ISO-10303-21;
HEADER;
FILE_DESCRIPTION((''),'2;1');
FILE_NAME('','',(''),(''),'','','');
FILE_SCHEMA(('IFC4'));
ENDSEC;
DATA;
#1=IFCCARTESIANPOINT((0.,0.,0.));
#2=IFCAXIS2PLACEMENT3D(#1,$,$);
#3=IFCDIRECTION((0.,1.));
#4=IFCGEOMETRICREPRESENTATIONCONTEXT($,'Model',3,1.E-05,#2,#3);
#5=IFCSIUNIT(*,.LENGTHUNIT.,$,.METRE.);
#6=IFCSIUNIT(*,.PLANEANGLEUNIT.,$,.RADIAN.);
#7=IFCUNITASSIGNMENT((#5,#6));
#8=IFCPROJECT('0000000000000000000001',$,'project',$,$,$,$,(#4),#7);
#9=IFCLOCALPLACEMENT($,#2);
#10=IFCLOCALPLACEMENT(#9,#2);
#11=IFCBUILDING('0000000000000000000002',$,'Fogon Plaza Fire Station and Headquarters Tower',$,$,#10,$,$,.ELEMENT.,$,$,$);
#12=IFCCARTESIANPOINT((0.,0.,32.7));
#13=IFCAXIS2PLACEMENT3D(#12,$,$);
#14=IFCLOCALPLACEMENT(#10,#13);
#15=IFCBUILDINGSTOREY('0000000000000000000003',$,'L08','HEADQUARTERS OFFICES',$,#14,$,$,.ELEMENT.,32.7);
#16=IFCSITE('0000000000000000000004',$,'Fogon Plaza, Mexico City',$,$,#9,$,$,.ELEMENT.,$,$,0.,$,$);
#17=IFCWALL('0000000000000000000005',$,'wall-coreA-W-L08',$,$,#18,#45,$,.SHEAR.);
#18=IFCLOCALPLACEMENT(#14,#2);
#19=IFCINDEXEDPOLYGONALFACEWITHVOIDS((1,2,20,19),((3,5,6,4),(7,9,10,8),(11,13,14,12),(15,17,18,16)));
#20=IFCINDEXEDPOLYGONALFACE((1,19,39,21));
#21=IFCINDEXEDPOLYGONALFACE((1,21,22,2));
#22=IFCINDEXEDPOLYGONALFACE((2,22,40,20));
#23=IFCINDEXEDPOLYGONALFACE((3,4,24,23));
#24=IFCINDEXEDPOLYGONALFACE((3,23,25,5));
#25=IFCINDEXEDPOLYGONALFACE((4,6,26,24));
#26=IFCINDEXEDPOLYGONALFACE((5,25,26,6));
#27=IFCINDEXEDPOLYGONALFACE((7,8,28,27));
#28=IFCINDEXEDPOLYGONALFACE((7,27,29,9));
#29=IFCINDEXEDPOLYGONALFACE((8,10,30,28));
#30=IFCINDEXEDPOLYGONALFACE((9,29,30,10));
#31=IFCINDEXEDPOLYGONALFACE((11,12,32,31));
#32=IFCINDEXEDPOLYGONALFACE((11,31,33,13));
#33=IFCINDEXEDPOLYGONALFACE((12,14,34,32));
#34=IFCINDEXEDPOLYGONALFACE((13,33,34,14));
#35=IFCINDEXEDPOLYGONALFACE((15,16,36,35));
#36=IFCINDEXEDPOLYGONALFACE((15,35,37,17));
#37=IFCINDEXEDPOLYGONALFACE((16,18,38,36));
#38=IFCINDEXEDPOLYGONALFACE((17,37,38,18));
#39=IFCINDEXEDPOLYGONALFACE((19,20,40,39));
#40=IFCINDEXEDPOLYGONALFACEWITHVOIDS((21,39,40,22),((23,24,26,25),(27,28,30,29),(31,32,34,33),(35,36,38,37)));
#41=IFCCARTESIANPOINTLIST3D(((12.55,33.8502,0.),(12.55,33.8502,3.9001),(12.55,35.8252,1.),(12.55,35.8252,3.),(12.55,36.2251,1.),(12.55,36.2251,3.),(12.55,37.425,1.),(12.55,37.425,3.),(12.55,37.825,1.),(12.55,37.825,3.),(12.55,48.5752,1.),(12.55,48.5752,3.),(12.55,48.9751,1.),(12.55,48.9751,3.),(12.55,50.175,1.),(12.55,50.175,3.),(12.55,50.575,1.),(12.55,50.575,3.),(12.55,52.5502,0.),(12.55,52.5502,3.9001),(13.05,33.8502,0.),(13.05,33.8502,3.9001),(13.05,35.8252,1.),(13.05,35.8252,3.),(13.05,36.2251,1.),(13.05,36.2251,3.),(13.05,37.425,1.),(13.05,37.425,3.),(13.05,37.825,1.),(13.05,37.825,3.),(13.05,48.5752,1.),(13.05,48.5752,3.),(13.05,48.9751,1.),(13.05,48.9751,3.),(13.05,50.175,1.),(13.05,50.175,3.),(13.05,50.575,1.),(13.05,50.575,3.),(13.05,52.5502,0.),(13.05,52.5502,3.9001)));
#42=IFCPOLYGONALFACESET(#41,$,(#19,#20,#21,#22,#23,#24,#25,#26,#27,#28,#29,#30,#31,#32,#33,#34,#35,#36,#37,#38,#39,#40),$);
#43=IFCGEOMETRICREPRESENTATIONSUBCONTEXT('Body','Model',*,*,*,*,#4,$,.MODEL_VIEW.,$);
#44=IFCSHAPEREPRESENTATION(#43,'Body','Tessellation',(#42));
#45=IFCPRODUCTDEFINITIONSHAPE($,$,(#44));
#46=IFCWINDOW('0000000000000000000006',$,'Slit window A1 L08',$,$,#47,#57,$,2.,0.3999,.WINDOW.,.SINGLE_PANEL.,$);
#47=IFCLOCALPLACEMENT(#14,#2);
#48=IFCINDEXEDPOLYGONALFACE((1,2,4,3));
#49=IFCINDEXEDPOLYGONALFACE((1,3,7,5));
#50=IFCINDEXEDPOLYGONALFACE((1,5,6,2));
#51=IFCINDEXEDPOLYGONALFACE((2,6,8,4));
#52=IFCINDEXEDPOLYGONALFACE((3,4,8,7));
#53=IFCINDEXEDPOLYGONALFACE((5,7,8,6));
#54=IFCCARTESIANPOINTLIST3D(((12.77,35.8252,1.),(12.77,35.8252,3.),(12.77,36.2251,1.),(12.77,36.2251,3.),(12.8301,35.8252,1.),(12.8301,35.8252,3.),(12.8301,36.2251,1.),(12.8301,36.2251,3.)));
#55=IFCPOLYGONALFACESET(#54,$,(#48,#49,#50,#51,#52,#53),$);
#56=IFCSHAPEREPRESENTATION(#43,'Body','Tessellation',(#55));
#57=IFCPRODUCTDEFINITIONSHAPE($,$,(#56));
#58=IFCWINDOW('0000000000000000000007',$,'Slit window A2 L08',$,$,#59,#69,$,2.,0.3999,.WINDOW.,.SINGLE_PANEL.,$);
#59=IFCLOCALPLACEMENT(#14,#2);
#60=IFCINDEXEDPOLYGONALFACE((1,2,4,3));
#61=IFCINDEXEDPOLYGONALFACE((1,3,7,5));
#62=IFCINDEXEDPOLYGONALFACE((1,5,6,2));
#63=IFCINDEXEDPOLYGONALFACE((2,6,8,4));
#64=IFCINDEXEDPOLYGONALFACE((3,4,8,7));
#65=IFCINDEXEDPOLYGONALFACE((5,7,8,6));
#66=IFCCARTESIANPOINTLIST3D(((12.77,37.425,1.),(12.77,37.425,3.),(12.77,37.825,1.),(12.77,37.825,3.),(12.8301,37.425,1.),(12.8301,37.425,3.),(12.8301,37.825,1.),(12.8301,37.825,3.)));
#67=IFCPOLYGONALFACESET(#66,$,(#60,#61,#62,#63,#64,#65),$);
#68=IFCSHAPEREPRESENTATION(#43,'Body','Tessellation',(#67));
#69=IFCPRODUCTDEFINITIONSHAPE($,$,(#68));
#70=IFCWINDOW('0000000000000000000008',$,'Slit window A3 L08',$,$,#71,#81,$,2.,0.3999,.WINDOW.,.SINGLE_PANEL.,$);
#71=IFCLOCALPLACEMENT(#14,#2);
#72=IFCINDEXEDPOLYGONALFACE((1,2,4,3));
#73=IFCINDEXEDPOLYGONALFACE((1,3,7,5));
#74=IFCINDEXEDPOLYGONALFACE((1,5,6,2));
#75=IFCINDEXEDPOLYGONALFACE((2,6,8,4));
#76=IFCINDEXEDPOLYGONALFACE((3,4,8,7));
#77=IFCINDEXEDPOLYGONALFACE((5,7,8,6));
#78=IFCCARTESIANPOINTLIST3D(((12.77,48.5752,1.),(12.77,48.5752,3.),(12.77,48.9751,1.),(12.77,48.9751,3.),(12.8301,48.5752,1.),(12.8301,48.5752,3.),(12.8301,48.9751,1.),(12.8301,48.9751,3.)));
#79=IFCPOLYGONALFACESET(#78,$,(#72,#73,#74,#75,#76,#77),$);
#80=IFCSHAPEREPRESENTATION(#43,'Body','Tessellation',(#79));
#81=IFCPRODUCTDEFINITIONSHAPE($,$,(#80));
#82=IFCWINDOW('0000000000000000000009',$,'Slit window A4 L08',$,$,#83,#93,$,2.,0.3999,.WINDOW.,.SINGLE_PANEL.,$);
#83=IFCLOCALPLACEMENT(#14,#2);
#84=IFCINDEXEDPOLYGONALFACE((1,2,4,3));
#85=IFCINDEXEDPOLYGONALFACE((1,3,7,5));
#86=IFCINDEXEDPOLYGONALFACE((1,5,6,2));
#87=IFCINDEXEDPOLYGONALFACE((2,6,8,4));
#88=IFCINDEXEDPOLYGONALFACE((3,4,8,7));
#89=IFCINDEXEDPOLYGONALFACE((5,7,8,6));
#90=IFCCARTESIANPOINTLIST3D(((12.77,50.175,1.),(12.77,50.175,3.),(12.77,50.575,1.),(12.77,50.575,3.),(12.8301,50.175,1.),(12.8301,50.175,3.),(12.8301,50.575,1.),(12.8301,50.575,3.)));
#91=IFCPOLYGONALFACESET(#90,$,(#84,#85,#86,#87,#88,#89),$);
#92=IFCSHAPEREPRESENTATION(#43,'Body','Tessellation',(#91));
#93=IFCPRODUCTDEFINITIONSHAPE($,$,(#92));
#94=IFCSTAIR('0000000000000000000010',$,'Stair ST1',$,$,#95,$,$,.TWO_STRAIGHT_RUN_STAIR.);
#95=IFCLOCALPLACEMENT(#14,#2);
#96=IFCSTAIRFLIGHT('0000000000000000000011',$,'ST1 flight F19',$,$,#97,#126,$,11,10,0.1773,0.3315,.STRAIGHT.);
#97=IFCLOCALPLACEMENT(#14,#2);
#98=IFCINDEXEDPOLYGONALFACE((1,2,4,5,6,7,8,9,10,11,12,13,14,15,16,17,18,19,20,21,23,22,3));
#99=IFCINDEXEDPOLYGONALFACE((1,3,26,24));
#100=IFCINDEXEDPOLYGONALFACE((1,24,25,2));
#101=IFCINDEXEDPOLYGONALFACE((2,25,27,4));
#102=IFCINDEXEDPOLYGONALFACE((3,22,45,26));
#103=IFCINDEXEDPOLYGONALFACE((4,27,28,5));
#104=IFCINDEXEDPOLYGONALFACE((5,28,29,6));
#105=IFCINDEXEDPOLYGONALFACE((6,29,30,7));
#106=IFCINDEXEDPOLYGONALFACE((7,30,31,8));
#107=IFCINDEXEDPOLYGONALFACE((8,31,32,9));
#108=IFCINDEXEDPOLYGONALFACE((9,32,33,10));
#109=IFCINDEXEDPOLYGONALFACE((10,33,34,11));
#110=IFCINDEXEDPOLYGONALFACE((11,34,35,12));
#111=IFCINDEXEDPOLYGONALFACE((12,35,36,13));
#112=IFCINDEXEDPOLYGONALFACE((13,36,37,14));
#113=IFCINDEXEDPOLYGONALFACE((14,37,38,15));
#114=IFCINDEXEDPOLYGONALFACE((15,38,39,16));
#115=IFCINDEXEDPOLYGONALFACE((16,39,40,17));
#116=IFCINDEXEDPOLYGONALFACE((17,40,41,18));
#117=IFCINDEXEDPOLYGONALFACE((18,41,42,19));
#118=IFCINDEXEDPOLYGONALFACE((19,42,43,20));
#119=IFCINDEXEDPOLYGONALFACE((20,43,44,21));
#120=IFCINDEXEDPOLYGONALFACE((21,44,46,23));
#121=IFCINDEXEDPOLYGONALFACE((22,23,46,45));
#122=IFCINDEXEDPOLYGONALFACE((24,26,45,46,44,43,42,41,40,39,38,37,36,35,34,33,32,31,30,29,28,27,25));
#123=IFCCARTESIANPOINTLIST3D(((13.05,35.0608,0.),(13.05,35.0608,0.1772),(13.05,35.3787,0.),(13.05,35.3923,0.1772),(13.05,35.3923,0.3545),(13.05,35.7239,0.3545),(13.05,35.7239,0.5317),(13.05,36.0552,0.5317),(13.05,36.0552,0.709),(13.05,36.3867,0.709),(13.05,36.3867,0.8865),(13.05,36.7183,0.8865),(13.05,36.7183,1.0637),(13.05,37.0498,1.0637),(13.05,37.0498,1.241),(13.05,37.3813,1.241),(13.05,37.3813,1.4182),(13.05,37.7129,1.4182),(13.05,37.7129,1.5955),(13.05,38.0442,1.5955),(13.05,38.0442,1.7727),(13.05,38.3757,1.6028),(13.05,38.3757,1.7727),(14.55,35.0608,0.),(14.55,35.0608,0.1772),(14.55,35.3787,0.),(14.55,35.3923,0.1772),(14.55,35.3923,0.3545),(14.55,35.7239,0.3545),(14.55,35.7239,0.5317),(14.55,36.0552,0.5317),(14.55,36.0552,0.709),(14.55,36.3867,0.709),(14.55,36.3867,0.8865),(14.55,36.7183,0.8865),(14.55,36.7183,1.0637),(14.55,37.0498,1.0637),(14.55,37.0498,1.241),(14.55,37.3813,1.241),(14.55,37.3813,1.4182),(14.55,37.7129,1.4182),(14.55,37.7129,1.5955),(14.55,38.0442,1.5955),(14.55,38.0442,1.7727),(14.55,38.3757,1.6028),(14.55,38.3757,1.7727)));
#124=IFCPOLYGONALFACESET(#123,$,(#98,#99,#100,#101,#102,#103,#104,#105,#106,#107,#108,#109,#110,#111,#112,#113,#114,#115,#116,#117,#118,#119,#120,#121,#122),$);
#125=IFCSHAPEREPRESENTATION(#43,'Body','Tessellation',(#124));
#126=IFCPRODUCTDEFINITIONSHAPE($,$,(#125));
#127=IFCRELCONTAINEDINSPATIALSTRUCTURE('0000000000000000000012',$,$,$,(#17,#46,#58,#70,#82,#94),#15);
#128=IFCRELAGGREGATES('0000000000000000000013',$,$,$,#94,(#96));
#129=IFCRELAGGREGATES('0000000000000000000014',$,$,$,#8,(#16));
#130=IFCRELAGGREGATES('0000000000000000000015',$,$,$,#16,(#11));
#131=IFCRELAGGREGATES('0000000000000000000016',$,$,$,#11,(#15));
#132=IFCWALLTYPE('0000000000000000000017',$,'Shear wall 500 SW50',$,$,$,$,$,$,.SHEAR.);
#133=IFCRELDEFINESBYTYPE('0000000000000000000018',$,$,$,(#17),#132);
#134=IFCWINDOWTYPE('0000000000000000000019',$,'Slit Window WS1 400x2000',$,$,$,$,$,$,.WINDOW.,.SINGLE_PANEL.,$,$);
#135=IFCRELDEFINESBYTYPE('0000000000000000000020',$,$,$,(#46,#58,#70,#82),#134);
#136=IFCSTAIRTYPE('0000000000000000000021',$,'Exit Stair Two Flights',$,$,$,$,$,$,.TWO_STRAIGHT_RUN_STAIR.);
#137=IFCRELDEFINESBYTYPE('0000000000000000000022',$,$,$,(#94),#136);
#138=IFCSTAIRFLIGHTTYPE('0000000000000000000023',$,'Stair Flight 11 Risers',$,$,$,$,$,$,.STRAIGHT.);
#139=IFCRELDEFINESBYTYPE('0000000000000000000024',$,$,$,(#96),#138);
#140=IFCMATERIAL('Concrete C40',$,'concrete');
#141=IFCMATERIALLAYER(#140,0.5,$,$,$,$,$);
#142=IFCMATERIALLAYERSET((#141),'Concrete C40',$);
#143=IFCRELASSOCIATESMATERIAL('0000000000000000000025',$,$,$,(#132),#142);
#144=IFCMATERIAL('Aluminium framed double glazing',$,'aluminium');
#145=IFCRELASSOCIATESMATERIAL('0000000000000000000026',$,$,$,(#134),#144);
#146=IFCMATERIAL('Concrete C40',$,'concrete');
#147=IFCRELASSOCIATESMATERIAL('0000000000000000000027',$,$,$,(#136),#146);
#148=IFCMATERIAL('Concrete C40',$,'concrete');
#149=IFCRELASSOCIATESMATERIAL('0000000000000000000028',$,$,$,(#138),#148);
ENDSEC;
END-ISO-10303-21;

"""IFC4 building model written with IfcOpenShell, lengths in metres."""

from ifc_helpers import new_model, si_unit, direction, frame, frame_2d, origin, place, context, subcontext, project, spatial, polyline, rectangle, outline, extrude, material, layer, layer_set, type_object, element, fill, aggregate, save


model = new_model("IFC4")

# Units and contexts
model_context = context("Model", 3, precision=1e-05, world=origin(), true_north=direction((0.0, 1.0)))
body_context = subcontext(model_context, "Body", "Model", "MODEL_VIEW")
ifc_project = project(units=[si_unit("LENGTHUNIT", "METRE"), si_unit("PLANEANGLEUNIT", "RADIAN")], contexts=[model_context])

# Site, building, storey
site_placement = place(None, origin())
site = spatial("IfcSite", under=ifc_project, at=site_placement, Name="Fogon Plaza, Mexico City", CompositionType="ELEMENT", RefElevation=0.0)
building_placement = place(site_placement, origin())
building = spatial("IfcBuilding", under=site, at=building_placement, Name="Fogon Plaza Fire Station and Headquarters Tower", CompositionType="ELEMENT")
storey_placement = place(building_placement, frame((0.0, 0.0, 32.7)))
storey = spatial("IfcBuildingStorey", under=building, at=storey_placement, Name="L08", Description="HEADQUARTERS OFFICES", CompositionType="ELEMENT", Elevation=32.7)

# Shared definitions
ifc_material_1 = material(Name="Concrete C40", Category="concrete")
ifc_layer_1 = layer(ifc_material_1, 0.5)
ifc_layer_set_1 = layer_set([ifc_layer_1], Name="Concrete C40")
wall_type_1 = type_object("IfcWallType", Name="Shear wall 500 SW50", PredefinedType="SHEAR", material=ifc_layer_set_1)
ifc_material_2 = material(Name="Aluminium framed double glazing", Category="aluminium")
window_type = type_object("IfcWindowType", Name="Slit Window WS1 400x2000", PartitioningType="SINGLE_PANEL", PredefinedType="WINDOW", material=ifc_material_2)

# Wall, openings, windows
wall_1_placement = place(storey_placement, frame((12.8, 33.8501, 0.0), z_axis=(0.0, 0.0, 1.0), x_axis=(0.0, 1.0, 0.0)))
wall_1 = element("IfcWall", 1, at=wall_1_placement, inside=storey, type_object=wall_type_1, Name="wall-coreA-W-L08", PredefinedType="SHEAR", context=body_context, shape_type="SweptSolid", body=[
    extrude(rectangle(XDim=18.7, YDim=0.5, at=frame_2d((9.3501, 0.0))), origin(), (0.0, 0.0, 1.0), 3.9001),
])
opening_1_placement = place(wall_1_placement, frame((1.9751, 0.0, 1.0)))
opening_1 = element("IfcOpeningElement", 2, at=opening_1_placement, cuts=wall_1, PredefinedType="OPENING", context=body_context, shape_type="SweptSolid", body=[
    extrude(rectangle(XDim=0.3999, YDim=2.0, at=frame_2d((0.2, 1.0))), frame((0.0, 0.26, 0.0), z_axis=(0.0, -1.0, 0.0), x_axis=(1.0, 0.0, 0.0)), (0.0, 0.0, 1.0), 0.52),
])
opening_2_placement = place(wall_1_placement, frame((3.575, 0.0, 1.0)))
opening_2 = element("IfcOpeningElement", 3, at=opening_2_placement, cuts=wall_1, PredefinedType="OPENING", context=body_context, shape_type="SweptSolid", body=[
    extrude(rectangle(XDim=0.3999, YDim=2.0, at=frame_2d((0.2, 1.0))), frame((0.0, 0.26, 0.0), z_axis=(0.0, -1.0, 0.0), x_axis=(1.0, 0.0, 0.0)), (0.0, 0.0, 1.0), 0.52),
])
opening_3_placement = place(wall_1_placement, frame((14.7251, 0.0, 1.0)))
opening_3 = element("IfcOpeningElement", 4, at=opening_3_placement, cuts=wall_1, PredefinedType="OPENING", context=body_context, shape_type="SweptSolid", body=[
    extrude(rectangle(XDim=0.3999, YDim=2.0, at=frame_2d((0.2, 1.0))), frame((0.0, 0.26, 0.0), z_axis=(0.0, -1.0, 0.0), x_axis=(1.0, 0.0, 0.0)), (0.0, 0.0, 1.0), 0.52),
])
opening_4_placement = place(wall_1_placement, frame((16.325, 0.0, 1.0)))
opening_4 = element("IfcOpeningElement", 5, at=opening_4_placement, cuts=wall_1, PredefinedType="OPENING", context=body_context, shape_type="SweptSolid", body=[
    extrude(rectangle(XDim=0.3999, YDim=2.0, at=frame_2d((0.2, 1.0))), frame((0.0, 0.26, 0.0), z_axis=(0.0, -1.0, 0.0), x_axis=(1.0, 0.0, 0.0)), (0.0, 0.0, 1.0), 0.52),
])
window_1_placement = place(opening_1_placement, origin())
window_1 = element("IfcWindow", 6, at=window_1_placement, inside=storey, type_object=window_type, Name="Slit window A1 L08", OverallHeight=2.0, OverallWidth=0.3999, PartitioningType="SINGLE_PANEL", PredefinedType="WINDOW", context=body_context, shape_type="SweptSolid", body=[
    extrude(rectangle(XDim=0.3999, YDim=2.0, at=frame_2d((0.2, 1.0))), frame((0.0, 0.03, 0.0), z_axis=(0.0, -1.0, 0.0), x_axis=(1.0, 0.0, 0.0)), (0.0, 0.0, 1.0), 0.0601),
])
fill(opening_1, window_1)
window_2_placement = place(opening_2_placement, origin())
window_2 = element("IfcWindow", 7, at=window_2_placement, inside=storey, type_object=window_type, Name="Slit window A2 L08", OverallHeight=2.0, OverallWidth=0.3999, PartitioningType="SINGLE_PANEL", PredefinedType="WINDOW", context=body_context, shape_type="SweptSolid", body=[
    extrude(rectangle(XDim=0.3999, YDim=2.0, at=frame_2d((0.2, 1.0))), frame((0.0, 0.03, 0.0), z_axis=(0.0, -1.0, 0.0), x_axis=(1.0, 0.0, 0.0)), (0.0, 0.0, 1.0), 0.0601),
])
fill(opening_2, window_2)
window_3_placement = place(opening_3_placement, origin())
window_3 = element("IfcWindow", 8, at=window_3_placement, inside=storey, type_object=window_type, Name="Slit window A3 L08", OverallHeight=2.0, OverallWidth=0.3999, PartitioningType="SINGLE_PANEL", PredefinedType="WINDOW", context=body_context, shape_type="SweptSolid", body=[
    extrude(rectangle(XDim=0.3999, YDim=2.0, at=frame_2d((0.2, 1.0))), frame((0.0, 0.03, 0.0), z_axis=(0.0, -1.0, 0.0), x_axis=(1.0, 0.0, 0.0)), (0.0, 0.0, 1.0), 0.0601),
])
fill(opening_3, window_3)
window_4_placement = place(opening_4_placement, origin())
window_4 = element("IfcWindow", 9, at=window_4_placement, inside=storey, type_object=window_type, Name="Slit window A4 L08", OverallHeight=2.0, OverallWidth=0.3999, PartitioningType="SINGLE_PANEL", PredefinedType="WINDOW", context=body_context, shape_type="SweptSolid", body=[
    extrude(rectangle(XDim=0.3999, YDim=2.0, at=frame_2d((0.2, 1.0))), frame((0.0, 0.03, 0.0), z_axis=(0.0, -1.0, 0.0), x_axis=(1.0, 0.0, 0.0)), (0.0, 0.0, 1.0), 0.0601),
])
fill(opening_4, window_4)

# Stair, stair flight
ifc_material_3 = material(Name="Concrete C40", Category="concrete")
stair_type = type_object("IfcStairType", Name="Exit Stair Two Flights", PredefinedType="TWO_STRAIGHT_RUN_STAIR", material=ifc_material_3)
stair_placement = place(storey_placement, origin())
stair = element("IfcStair", 10, at=stair_placement, inside=storey, type_object=stair_type, Name="Stair ST1", PredefinedType="TWO_STRAIGHT_RUN_STAIR")
ifc_material_4 = material(Name="Concrete C40", Category="concrete")
stair_flight_type = type_object("IfcStairFlightType", Name="Stair Flight 11 Risers", PredefinedType="STRAIGHT", material=ifc_material_4)
stair_flight_placement = place(storey_placement, frame((13.8, 35.0608, 0.0), z_axis=(0.0, 0.0, 1.0), x_axis=(0.0, 1.0, 0.0)))
stair_flight = element("IfcStairFlight", 11, at=stair_flight_placement, type_object=stair_flight_type, Name="ST1 flight F19", NumberOfRisers=11, NumberOfTreads=10, PredefinedType="STRAIGHT", RiserHeight=0.1773, TreadLength=0.3315, context=body_context, shape_type="SweptSolid", body=[
    extrude(outline(polyline([(0.0, 0.0), (0.0, 0.1772), (0.3315, 0.1772), (0.3315, 0.3545), (0.6631, 0.3545), (0.6631, 0.5317), (0.9944, 0.5317), (0.9944, 0.709), (1.3259, 0.709), (1.3259, 0.8865), (1.6575, 0.8865), (1.6575, 1.0637), (1.989, 1.0637), (1.989, 1.241), (2.3206, 1.241), (2.3206, 1.4182), (2.6521, 1.4182), (2.6521, 1.5955), (2.9834, 1.5955), (2.9834, 1.7727), (3.3149, 1.7727), (3.3149, 1.95), (3.3149, 1.6028), (0.3179, 0.0), (0.0, 0.0)])), frame((0.0, 0.75, 0.0), z_axis=(0.0, -1.0, 0.0), x_axis=(1.0, 0.0, 0.0)), (0.0, 0.0, 1.0), 1.5),
])
aggregate(stair, [stair_flight])

save(model, "model.ifc")
